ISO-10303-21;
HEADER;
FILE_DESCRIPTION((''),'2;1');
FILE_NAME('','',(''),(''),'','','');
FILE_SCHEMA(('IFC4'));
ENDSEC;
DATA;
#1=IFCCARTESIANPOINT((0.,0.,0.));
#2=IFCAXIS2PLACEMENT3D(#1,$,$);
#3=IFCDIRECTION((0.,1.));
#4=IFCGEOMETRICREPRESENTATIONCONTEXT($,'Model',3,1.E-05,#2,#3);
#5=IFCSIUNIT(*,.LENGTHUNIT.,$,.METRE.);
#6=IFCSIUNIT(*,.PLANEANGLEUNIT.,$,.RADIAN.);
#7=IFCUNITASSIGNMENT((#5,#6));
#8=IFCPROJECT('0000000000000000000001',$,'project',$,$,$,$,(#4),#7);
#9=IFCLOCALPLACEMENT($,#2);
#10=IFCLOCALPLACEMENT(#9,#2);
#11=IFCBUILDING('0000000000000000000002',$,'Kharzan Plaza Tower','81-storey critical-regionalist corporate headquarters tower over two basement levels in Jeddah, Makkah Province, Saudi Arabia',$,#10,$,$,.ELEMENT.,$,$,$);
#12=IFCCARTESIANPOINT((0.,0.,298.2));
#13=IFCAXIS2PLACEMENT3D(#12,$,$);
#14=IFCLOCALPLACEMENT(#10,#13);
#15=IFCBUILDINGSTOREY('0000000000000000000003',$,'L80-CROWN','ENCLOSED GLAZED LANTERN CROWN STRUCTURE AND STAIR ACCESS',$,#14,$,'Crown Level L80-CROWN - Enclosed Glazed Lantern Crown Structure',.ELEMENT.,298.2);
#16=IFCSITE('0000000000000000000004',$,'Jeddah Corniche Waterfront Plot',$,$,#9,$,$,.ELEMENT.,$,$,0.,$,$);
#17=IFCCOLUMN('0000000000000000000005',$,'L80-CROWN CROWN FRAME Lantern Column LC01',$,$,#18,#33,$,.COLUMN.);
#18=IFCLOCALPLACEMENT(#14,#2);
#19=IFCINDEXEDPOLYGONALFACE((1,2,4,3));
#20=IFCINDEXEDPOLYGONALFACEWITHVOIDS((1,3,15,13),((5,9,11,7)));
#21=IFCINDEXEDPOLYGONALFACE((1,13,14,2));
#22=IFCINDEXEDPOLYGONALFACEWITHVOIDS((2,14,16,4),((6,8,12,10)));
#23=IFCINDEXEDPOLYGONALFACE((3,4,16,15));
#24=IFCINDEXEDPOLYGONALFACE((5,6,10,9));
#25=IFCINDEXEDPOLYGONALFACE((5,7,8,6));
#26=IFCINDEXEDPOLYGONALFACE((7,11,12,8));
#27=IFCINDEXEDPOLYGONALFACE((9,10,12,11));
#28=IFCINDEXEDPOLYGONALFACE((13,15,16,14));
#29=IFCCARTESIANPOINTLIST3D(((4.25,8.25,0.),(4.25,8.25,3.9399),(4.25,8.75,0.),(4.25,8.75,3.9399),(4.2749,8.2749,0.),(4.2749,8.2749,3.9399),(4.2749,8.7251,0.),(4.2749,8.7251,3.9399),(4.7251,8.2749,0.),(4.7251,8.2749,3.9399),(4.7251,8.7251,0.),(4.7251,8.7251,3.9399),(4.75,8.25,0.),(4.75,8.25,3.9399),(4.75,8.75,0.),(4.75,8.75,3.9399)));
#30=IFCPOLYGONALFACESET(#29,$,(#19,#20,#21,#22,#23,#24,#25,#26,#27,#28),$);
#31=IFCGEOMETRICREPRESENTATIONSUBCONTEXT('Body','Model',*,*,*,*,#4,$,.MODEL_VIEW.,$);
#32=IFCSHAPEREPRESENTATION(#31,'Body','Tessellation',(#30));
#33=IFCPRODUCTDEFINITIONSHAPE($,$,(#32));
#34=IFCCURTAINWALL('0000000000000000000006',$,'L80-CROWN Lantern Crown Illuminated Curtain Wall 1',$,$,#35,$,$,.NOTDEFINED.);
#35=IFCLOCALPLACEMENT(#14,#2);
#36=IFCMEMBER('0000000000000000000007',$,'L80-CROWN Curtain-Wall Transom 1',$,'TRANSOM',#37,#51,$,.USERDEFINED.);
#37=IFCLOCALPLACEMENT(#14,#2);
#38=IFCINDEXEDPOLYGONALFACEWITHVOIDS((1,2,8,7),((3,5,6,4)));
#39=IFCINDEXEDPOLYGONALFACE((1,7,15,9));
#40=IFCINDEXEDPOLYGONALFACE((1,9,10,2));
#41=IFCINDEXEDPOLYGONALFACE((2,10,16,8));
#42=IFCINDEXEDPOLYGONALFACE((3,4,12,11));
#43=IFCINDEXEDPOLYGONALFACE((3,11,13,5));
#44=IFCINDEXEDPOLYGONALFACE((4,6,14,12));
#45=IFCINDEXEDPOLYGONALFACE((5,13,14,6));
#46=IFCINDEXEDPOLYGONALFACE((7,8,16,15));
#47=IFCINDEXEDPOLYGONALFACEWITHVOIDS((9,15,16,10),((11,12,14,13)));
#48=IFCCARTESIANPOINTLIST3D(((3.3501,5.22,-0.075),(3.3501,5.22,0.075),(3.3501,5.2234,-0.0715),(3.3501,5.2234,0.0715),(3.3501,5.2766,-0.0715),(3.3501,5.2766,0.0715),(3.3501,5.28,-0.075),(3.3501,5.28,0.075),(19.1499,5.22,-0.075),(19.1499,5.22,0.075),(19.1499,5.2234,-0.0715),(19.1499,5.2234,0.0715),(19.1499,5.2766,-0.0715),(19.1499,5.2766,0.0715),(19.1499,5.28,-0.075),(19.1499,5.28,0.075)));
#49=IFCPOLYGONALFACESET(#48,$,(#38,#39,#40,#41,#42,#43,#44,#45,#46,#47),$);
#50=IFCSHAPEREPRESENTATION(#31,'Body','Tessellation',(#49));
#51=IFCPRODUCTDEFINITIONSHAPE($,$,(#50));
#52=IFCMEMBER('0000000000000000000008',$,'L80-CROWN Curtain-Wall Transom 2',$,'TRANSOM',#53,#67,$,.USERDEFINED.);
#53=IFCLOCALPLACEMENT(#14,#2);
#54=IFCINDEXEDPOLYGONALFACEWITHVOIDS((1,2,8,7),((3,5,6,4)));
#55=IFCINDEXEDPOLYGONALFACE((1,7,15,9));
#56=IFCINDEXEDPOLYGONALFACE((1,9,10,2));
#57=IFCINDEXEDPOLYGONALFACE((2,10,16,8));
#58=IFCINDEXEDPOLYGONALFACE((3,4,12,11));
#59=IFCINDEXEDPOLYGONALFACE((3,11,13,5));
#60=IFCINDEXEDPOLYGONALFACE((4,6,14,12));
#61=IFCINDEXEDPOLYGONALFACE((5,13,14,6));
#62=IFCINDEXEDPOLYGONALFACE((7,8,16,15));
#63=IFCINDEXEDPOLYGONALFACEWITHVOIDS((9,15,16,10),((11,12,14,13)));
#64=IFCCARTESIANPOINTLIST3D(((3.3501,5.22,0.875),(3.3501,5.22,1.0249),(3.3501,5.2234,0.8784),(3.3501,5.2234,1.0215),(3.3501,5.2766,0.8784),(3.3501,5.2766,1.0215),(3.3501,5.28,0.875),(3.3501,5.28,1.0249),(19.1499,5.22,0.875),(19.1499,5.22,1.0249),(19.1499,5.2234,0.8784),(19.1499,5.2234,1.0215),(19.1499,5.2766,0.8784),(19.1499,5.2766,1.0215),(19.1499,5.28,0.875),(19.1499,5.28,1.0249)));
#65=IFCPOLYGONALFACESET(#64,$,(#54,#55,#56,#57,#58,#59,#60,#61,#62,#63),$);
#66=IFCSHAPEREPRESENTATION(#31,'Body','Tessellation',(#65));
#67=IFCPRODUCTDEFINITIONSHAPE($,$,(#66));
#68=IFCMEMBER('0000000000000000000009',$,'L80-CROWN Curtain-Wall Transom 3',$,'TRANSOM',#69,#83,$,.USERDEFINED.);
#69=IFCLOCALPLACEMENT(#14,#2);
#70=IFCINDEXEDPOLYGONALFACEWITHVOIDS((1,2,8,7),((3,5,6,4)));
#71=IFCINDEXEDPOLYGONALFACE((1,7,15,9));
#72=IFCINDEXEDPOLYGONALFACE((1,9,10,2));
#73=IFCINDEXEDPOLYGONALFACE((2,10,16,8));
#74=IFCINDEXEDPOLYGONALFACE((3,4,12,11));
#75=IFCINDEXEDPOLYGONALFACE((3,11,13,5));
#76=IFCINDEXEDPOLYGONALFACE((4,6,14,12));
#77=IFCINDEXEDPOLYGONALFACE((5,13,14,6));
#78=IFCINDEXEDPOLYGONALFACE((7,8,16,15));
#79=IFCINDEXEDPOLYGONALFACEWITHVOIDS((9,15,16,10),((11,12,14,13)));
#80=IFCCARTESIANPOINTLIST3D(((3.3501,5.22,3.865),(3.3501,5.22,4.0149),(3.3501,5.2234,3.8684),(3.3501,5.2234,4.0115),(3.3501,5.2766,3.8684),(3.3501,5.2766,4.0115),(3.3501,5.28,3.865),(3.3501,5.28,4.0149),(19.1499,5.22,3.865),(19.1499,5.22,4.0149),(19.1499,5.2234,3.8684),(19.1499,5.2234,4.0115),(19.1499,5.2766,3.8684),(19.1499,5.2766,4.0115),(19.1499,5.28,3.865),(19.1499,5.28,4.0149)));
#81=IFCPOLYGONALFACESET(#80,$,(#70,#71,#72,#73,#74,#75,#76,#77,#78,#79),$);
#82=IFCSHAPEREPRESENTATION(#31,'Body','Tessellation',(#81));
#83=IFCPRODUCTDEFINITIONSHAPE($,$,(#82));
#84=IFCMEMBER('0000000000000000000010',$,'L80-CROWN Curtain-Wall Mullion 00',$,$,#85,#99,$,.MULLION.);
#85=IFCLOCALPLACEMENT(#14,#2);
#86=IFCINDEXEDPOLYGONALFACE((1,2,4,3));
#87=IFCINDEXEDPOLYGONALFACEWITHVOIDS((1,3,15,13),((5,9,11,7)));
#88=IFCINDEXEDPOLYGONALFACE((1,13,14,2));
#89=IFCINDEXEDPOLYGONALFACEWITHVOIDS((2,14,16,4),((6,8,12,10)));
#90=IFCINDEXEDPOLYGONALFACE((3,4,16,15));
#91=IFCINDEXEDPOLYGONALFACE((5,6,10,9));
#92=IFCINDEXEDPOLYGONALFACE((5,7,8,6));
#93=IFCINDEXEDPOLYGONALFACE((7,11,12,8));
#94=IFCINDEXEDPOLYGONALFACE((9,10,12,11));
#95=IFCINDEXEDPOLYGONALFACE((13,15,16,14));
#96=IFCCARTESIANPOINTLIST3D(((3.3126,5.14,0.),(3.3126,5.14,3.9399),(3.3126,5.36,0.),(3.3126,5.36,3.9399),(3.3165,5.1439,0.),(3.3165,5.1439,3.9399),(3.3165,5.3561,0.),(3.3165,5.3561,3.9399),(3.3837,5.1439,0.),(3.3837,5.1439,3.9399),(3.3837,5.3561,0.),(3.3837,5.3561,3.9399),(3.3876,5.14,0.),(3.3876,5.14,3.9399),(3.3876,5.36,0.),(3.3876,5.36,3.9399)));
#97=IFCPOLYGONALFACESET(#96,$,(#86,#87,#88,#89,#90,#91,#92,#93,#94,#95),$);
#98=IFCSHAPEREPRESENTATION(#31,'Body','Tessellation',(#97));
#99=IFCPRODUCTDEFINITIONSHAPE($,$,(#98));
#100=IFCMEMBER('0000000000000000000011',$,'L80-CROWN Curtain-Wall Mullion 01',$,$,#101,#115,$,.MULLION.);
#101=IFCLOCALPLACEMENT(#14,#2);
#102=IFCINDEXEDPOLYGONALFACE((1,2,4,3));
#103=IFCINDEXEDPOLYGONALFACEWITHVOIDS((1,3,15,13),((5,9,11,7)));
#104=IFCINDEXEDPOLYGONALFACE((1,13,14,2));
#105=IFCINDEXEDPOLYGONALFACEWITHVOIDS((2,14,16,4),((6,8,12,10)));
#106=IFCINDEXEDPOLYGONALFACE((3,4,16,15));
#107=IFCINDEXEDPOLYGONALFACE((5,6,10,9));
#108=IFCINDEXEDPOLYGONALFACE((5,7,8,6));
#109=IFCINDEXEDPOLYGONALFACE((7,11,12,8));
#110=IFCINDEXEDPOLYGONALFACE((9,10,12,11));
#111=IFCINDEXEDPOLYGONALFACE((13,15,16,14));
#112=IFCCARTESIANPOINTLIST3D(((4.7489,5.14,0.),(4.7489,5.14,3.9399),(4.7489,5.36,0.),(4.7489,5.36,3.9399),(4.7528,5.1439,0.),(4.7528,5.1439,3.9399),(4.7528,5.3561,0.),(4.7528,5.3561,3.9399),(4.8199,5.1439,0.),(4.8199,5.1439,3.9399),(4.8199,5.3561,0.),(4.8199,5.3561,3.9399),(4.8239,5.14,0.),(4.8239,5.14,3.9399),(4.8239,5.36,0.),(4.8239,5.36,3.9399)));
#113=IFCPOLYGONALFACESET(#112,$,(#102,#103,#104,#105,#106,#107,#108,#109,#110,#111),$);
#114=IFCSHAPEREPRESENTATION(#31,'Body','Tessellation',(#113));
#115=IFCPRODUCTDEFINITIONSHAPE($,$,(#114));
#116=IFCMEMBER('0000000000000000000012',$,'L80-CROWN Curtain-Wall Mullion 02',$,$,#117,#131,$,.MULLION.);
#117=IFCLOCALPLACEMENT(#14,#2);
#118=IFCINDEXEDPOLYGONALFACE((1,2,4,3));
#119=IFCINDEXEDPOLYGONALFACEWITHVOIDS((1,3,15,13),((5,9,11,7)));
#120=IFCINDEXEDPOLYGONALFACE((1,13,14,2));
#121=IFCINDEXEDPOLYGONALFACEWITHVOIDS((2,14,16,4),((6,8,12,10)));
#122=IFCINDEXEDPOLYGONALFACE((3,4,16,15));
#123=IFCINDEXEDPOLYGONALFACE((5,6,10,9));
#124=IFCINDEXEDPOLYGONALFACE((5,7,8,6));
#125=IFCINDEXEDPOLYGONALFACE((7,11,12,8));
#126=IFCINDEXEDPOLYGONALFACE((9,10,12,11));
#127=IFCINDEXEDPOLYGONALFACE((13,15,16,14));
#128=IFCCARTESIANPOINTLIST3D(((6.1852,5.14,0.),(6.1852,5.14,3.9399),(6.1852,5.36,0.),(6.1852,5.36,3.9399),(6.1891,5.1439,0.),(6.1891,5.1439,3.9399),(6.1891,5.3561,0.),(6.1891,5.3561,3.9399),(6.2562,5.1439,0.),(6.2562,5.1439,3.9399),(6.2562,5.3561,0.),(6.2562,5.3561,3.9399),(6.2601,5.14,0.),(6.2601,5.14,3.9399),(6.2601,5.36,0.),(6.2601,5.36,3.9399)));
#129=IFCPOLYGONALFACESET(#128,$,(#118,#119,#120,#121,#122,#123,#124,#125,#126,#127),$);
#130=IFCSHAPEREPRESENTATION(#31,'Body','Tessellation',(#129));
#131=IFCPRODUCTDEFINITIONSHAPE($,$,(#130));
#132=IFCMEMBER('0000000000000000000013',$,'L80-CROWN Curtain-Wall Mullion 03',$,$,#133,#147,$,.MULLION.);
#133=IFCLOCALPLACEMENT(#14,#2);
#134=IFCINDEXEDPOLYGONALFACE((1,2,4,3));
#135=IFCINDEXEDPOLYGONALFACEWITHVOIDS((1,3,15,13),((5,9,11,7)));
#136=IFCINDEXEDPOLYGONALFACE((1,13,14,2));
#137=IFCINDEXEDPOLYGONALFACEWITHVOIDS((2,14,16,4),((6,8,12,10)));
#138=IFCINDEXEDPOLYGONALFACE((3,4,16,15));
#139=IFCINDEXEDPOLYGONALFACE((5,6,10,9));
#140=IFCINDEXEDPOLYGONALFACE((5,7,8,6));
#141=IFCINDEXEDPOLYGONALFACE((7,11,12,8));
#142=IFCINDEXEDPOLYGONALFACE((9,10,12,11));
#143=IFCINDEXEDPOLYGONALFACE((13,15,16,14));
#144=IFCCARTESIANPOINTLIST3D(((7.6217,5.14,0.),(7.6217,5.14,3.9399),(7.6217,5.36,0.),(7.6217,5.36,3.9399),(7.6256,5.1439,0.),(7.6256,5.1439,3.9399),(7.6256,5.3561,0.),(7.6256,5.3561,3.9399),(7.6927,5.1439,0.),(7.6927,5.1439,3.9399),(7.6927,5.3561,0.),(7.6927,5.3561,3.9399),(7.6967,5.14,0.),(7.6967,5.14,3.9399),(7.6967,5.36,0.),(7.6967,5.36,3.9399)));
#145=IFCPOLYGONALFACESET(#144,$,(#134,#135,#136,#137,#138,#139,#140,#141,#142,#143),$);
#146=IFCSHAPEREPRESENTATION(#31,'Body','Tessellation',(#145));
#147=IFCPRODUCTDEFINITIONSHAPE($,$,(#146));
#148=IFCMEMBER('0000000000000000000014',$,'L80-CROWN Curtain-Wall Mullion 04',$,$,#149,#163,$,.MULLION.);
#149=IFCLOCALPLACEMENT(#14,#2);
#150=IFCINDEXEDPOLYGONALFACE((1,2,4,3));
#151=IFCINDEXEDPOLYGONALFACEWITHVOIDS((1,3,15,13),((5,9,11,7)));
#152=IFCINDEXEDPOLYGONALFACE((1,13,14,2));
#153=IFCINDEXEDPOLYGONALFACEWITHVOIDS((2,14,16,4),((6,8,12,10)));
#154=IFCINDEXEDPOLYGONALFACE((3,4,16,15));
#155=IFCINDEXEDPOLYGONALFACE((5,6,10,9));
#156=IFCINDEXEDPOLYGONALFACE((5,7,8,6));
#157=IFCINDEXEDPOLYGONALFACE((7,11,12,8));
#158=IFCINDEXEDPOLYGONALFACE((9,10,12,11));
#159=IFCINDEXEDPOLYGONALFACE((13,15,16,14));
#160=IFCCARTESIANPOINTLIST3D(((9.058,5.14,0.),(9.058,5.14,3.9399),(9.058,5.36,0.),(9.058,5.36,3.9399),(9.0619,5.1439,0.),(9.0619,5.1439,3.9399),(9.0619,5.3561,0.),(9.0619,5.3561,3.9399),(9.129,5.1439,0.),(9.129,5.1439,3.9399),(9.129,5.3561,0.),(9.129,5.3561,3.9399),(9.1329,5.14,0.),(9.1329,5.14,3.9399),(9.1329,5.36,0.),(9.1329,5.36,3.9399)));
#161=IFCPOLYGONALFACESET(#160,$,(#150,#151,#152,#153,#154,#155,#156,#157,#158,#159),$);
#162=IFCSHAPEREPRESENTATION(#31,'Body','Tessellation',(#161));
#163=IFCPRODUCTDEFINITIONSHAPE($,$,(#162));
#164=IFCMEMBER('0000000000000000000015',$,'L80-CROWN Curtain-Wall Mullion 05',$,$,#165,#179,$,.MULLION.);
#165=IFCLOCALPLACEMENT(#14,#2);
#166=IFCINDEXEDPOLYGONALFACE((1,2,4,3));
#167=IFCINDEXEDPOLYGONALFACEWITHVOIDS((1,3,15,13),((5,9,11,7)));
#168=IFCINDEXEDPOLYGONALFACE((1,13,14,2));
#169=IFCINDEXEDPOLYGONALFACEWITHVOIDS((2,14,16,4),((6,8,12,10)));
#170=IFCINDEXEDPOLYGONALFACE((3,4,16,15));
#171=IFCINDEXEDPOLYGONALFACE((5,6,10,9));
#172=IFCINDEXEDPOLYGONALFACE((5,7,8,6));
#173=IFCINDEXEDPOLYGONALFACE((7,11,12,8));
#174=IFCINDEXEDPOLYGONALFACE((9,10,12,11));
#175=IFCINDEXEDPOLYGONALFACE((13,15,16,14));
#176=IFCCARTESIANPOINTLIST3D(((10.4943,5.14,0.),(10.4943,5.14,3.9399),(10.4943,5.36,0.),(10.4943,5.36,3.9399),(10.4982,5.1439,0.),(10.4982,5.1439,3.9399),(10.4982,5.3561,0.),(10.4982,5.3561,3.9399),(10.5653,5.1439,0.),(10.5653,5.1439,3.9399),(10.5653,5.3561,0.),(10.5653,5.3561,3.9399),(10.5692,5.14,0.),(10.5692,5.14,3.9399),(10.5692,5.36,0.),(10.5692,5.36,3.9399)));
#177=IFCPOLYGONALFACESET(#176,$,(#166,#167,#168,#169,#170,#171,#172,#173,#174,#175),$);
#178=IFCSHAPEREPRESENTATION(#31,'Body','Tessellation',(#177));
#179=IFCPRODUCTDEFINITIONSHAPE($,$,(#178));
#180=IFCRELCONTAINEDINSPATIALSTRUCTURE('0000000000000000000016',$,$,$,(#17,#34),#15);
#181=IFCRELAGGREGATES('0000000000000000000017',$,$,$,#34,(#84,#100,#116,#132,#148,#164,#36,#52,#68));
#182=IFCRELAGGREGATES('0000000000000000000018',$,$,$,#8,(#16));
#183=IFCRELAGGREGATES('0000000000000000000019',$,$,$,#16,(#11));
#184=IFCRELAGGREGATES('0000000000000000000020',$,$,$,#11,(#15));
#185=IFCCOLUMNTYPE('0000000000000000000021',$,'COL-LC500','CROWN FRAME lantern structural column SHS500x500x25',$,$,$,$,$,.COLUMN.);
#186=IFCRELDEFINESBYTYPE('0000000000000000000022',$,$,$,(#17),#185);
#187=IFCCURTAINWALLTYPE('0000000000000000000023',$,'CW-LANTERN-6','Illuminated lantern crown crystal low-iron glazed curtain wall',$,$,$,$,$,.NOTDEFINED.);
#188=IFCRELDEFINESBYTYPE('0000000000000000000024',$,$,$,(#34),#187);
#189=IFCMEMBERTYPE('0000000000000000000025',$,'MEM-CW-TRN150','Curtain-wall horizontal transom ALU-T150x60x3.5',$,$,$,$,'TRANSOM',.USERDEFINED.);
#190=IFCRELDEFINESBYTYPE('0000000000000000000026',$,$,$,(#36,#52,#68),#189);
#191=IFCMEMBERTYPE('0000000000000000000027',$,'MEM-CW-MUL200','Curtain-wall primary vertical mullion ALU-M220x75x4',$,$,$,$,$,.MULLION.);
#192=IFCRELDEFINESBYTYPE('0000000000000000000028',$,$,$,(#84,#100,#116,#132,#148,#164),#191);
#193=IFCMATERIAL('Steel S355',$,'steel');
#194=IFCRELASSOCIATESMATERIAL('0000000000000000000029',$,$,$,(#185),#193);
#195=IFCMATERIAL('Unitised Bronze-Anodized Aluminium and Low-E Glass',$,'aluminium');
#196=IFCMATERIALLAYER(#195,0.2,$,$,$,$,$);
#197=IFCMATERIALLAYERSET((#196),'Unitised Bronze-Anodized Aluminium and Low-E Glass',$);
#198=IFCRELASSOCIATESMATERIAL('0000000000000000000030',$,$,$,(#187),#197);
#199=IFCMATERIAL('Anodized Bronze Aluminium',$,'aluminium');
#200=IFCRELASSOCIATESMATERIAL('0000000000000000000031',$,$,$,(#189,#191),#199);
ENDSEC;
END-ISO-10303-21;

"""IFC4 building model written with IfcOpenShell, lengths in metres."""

from ifc_helpers import new_model, si_unit, direction, frame, origin, origin_2d, place, context, subcontext, project, spatial, hollow_rectangle, extrude, source, transform, mapped, material, layer, layer_set, material_profile, profile_set, type_object, element, aggregate, save


model = new_model("IFC4")

# Units and contexts
model_context = context("Model", 3, precision=1e-05, world=origin(), true_north=direction((0.0, 1.0)))
body_context = subcontext(model_context, "Body", "Model", "MODEL_VIEW")
ifc_project = project(units=[si_unit("LENGTHUNIT", "METRE"), si_unit("PLANEANGLEUNIT", "RADIAN")], contexts=[model_context])

# Site, building, storey
site_placement = place(None, origin())
site = spatial("IfcSite", under=ifc_project, at=site_placement, Name="Jeddah Corniche Waterfront Plot", CompositionType="ELEMENT", RefElevation=0.0)
building_placement = place(site_placement, origin())
building = spatial("IfcBuilding", under=site, at=building_placement, Name="Kharzan Plaza Tower", Description="81-storey critical-regionalist corporate headquarters tower over two basement levels in Jeddah, Makkah Province, Saudi Arabia", CompositionType="ELEMENT")
storey_placement = place(building_placement, frame((0.0, 0.0, 298.2)))
storey = spatial("IfcBuildingStorey", under=building, at=storey_placement, Name="L80-CROWN", Description="ENCLOSED GLAZED LANTERN CROWN STRUCTURE AND STAIR ACCESS", LongName="Crown Level L80-CROWN - Enclosed Glazed Lantern Crown Structure", CompositionType="ELEMENT", Elevation=298.2)

# Column
ifc_material_1 = material(Name="Steel S355", Category="steel")
ifc_material_profile_1 = material_profile(ifc_material_1, hollow_rectangle(XDim=0.5, YDim=0.5, WallThickness=0.0249, at=origin_2d()), Name="SHS500x500x25")
ifc_profile_set_1 = profile_set([ifc_material_profile_1], Name="Steel S355")
column_type = type_object("IfcColumnType", Name="COL-LC500", Description="CROWN FRAME lantern structural column SHS500x500x25", PredefinedType="COLUMN", material=ifc_profile_set_1)
shared_shape_1 = source(origin(), body_context, "Body", "SweptSolid", [
    extrude(hollow_rectangle(XDim=0.5, YDim=0.5, WallThickness=0.0249, at=origin_2d()), origin(), (0.0, 0.0, 1.0), 3.9399),
])
column_placement = place(storey_placement, frame((4.5, 8.5, 0.0), z_axis=(0.0, 0.0, 1.0), x_axis=(1.0, 0.0, 0.0)))
element("IfcColumn", 1, at=column_placement, inside=storey, type_object=column_type, Name="L80-CROWN CROWN FRAME Lantern Column LC01", PredefinedType="COLUMN", context=body_context, shape_type="MappedRepresentation", body=[
    mapped(shared_shape_1, transform((0.0, 0.0, 0.0), x_axis=(1.0, 0.0, 0.0), y_axis=(0.0, 1.0, 0.0), z_axis=(0.0, 0.0, 1.0))),
])

# Curtain wall, members
ifc_material_2 = material(Name="Unitised Bronze-Anodized Aluminium and Low-E Glass", Category="aluminium")
ifc_layer_1 = layer(ifc_material_2, 0.2)
ifc_layer_set_1 = layer_set([ifc_layer_1], Name="Unitised Bronze-Anodized Aluminium and Low-E Glass")
curtain_wall_type = type_object("IfcCurtainWallType", Name="CW-LANTERN-6", Description="Illuminated lantern crown crystal low-iron glazed curtain wall", PredefinedType="NOTDEFINED", material=ifc_layer_set_1)
curtain_wall_1_placement = place(storey_placement, origin())
curtain_wall_1 = element("IfcCurtainWall", 2, at=curtain_wall_1_placement, inside=storey, type_object=curtain_wall_type, Name="L80-CROWN Lantern Crown Illuminated Curtain Wall 1", PredefinedType="NOTDEFINED")
ifc_material_3 = material(Name="Anodized Bronze Aluminium", Category="aluminium")
ifc_material_profile_2 = material_profile(ifc_material_3, hollow_rectangle(XDim=0.0601, YDim=0.1499, WallThickness=0.0034, at=origin_2d()), Name="ALU-T150x60x3.5")
ifc_profile_set_2 = profile_set([ifc_material_profile_2], Name="Anodized Bronze Aluminium")
member_type_1 = type_object("IfcMemberType", Name="MEM-CW-TRN150", Description="Curtain-wall horizontal transom ALU-T150x60x3.5", ElementType="TRANSOM", PredefinedType="USERDEFINED", material=ifc_profile_set_2)
shared_shape_2 = source(origin(), body_context, "Body", "SweptSolid", [
    extrude(hollow_rectangle(XDim=0.0601, YDim=0.1499, WallThickness=0.0034, at=origin_2d()), origin(), (0.0, 0.0, 1.0), 15.7998),
])
member_1_placement = place(storey_placement, frame((3.3501, 5.25, 0.0), z_axis=(1.0, 0.0, 0.0), x_axis=(0.0, 1.0, 0.0)))
member_1 = element("IfcMember", 3, at=member_1_placement, type_object=member_type_1, Name="L80-CROWN Curtain-Wall Transom 1", ObjectType="TRANSOM", PredefinedType="USERDEFINED", context=body_context, shape_type="MappedRepresentation", body=[
    mapped(shared_shape_2, transform((0.0, 0.0, 0.0), x_axis=(1.0, 0.0, 0.0), y_axis=(0.0, 1.0, 0.0), z_axis=(0.0, 0.0, 1.0))),
])
member_2_placement = place(storey_placement, frame((3.3501, 5.25, 0.95), z_axis=(1.0, 0.0, 0.0), x_axis=(0.0, 1.0, 0.0)))
member_2 = element("IfcMember", 4, at=member_2_placement, type_object=member_type_1, Name="L80-CROWN Curtain-Wall Transom 2", ObjectType="TRANSOM", PredefinedType="USERDEFINED", context=body_context, shape_type="MappedRepresentation", body=[
    mapped(shared_shape_2, transform((0.0, 0.0, 0.0), x_axis=(1.0, 0.0, 0.0), y_axis=(0.0, 1.0, 0.0), z_axis=(0.0, 0.0, 1.0))),
])
member_3_placement = place(storey_placement, frame((3.3501, 5.25, 3.9399), z_axis=(1.0, 0.0, 0.0), x_axis=(0.0, 1.0, 0.0)))
member_3 = element("IfcMember", 5, at=member_3_placement, type_object=member_type_1, Name="L80-CROWN Curtain-Wall Transom 3", ObjectType="TRANSOM", PredefinedType="USERDEFINED", context=body_context, shape_type="MappedRepresentation", body=[
    mapped(shared_shape_2, transform((0.0, 0.0, 0.0), x_axis=(1.0, 0.0, 0.0), y_axis=(0.0, 1.0, 0.0), z_axis=(0.0, 0.0, 1.0))),
])
ifc_material_profile_3 = material_profile(ifc_material_3, hollow_rectangle(XDim=0.075, YDim=0.22, WallThickness=0.0039, at=origin_2d()), Name="ALU-M220x75x4")
ifc_profile_set_3 = profile_set([ifc_material_profile_3], Name="Anodized Bronze Aluminium")
member_type_2 = type_object("IfcMemberType", Name="MEM-CW-MUL200", Description="Curtain-wall primary vertical mullion ALU-M220x75x4", PredefinedType="MULLION", material=ifc_profile_set_3)
shared_shape_3 = source(origin(), body_context, "Body", "SweptSolid", [
    extrude(hollow_rectangle(XDim=0.075, YDim=0.22, WallThickness=0.0039, at=origin_2d()), origin(), (0.0, 0.0, 1.0), 3.9399),
])
member_4_placement = place(storey_placement, frame((3.3501, 5.25, 0.0), z_axis=(0.0, 0.0, 1.0), x_axis=(1.0, 0.0, 0.0)))
member_4 = element("IfcMember", 6, at=member_4_placement, type_object=member_type_2, Name="L80-CROWN Curtain-Wall Mullion 00", PredefinedType="MULLION", context=body_context, shape_type="MappedRepresentation", body=[
    mapped(shared_shape_3, transform((0.0, 0.0, 0.0), x_axis=(1.0, 0.0, 0.0), y_axis=(0.0, 1.0, 0.0), z_axis=(0.0, 0.0, 1.0))),
])
member_5_placement = place(storey_placement, frame((4.7864, 5.25, 0.0), z_axis=(0.0, 0.0, 1.0), x_axis=(1.0, 0.0, 0.0)))
member_5 = element("IfcMember", 7, at=member_5_placement, type_object=member_type_2, Name="L80-CROWN Curtain-Wall Mullion 01", PredefinedType="MULLION", context=body_context, shape_type="MappedRepresentation", body=[
    mapped(shared_shape_3, transform((0.0, 0.0, 0.0), x_axis=(1.0, 0.0, 0.0), y_axis=(0.0, 1.0, 0.0), z_axis=(0.0, 0.0, 1.0))),
])
member_6_placement = place(storey_placement, frame((6.2227, 5.25, 0.0), z_axis=(0.0, 0.0, 1.0), x_axis=(1.0, 0.0, 0.0)))
member_6 = element("IfcMember", 8, at=member_6_placement, type_object=member_type_2, Name="L80-CROWN Curtain-Wall Mullion 02", PredefinedType="MULLION", context=body_context, shape_type="MappedRepresentation", body=[
    mapped(shared_shape_3, transform((0.0, 0.0, 0.0), x_axis=(1.0, 0.0, 0.0), y_axis=(0.0, 1.0, 0.0), z_axis=(0.0, 0.0, 1.0))),
])
member_7_placement = place(storey_placement, frame((7.6592, 5.25, 0.0), z_axis=(0.0, 0.0, 1.0), x_axis=(1.0, 0.0, 0.0)))
member_7 = element("IfcMember", 9, at=member_7_placement, type_object=member_type_2, Name="L80-CROWN Curtain-Wall Mullion 03", PredefinedType="MULLION", context=body_context, shape_type="MappedRepresentation", body=[
    mapped(shared_shape_3, transform((0.0, 0.0, 0.0), x_axis=(1.0, 0.0, 0.0), y_axis=(0.0, 1.0, 0.0), z_axis=(0.0, 0.0, 1.0))),
])
member_8_placement = place(storey_placement, frame((9.0955, 5.25, 0.0), z_axis=(0.0, 0.0, 1.0), x_axis=(1.0, 0.0, 0.0)))
member_8 = element("IfcMember", 10, at=member_8_placement, type_object=member_type_2, Name="L80-CROWN Curtain-Wall Mullion 04", PredefinedType="MULLION", context=body_context, shape_type="MappedRepresentation", body=[
    mapped(shared_shape_3, transform((0.0, 0.0, 0.0), x_axis=(1.0, 0.0, 0.0), y_axis=(0.0, 1.0, 0.0), z_axis=(0.0, 0.0, 1.0))),
])
member_9_placement = place(storey_placement, frame((10.5317, 5.25, 0.0), z_axis=(0.0, 0.0, 1.0), x_axis=(1.0, 0.0, 0.0)))
member_9 = element("IfcMember", 11, at=member_9_placement, type_object=member_type_2, Name="L80-CROWN Curtain-Wall Mullion 05", PredefinedType="MULLION", context=body_context, shape_type="MappedRepresentation", body=[
    mapped(shared_shape_3, transform((0.0, 0.0, 0.0), x_axis=(1.0, 0.0, 0.0), y_axis=(0.0, 1.0, 0.0), z_axis=(0.0, 0.0, 1.0))),
])

aggregate(curtain_wall_1, [member_4, member_5, member_6, member_7, member_8, member_9, member_1, member_2, member_3])

save(model, "model.ifc")
